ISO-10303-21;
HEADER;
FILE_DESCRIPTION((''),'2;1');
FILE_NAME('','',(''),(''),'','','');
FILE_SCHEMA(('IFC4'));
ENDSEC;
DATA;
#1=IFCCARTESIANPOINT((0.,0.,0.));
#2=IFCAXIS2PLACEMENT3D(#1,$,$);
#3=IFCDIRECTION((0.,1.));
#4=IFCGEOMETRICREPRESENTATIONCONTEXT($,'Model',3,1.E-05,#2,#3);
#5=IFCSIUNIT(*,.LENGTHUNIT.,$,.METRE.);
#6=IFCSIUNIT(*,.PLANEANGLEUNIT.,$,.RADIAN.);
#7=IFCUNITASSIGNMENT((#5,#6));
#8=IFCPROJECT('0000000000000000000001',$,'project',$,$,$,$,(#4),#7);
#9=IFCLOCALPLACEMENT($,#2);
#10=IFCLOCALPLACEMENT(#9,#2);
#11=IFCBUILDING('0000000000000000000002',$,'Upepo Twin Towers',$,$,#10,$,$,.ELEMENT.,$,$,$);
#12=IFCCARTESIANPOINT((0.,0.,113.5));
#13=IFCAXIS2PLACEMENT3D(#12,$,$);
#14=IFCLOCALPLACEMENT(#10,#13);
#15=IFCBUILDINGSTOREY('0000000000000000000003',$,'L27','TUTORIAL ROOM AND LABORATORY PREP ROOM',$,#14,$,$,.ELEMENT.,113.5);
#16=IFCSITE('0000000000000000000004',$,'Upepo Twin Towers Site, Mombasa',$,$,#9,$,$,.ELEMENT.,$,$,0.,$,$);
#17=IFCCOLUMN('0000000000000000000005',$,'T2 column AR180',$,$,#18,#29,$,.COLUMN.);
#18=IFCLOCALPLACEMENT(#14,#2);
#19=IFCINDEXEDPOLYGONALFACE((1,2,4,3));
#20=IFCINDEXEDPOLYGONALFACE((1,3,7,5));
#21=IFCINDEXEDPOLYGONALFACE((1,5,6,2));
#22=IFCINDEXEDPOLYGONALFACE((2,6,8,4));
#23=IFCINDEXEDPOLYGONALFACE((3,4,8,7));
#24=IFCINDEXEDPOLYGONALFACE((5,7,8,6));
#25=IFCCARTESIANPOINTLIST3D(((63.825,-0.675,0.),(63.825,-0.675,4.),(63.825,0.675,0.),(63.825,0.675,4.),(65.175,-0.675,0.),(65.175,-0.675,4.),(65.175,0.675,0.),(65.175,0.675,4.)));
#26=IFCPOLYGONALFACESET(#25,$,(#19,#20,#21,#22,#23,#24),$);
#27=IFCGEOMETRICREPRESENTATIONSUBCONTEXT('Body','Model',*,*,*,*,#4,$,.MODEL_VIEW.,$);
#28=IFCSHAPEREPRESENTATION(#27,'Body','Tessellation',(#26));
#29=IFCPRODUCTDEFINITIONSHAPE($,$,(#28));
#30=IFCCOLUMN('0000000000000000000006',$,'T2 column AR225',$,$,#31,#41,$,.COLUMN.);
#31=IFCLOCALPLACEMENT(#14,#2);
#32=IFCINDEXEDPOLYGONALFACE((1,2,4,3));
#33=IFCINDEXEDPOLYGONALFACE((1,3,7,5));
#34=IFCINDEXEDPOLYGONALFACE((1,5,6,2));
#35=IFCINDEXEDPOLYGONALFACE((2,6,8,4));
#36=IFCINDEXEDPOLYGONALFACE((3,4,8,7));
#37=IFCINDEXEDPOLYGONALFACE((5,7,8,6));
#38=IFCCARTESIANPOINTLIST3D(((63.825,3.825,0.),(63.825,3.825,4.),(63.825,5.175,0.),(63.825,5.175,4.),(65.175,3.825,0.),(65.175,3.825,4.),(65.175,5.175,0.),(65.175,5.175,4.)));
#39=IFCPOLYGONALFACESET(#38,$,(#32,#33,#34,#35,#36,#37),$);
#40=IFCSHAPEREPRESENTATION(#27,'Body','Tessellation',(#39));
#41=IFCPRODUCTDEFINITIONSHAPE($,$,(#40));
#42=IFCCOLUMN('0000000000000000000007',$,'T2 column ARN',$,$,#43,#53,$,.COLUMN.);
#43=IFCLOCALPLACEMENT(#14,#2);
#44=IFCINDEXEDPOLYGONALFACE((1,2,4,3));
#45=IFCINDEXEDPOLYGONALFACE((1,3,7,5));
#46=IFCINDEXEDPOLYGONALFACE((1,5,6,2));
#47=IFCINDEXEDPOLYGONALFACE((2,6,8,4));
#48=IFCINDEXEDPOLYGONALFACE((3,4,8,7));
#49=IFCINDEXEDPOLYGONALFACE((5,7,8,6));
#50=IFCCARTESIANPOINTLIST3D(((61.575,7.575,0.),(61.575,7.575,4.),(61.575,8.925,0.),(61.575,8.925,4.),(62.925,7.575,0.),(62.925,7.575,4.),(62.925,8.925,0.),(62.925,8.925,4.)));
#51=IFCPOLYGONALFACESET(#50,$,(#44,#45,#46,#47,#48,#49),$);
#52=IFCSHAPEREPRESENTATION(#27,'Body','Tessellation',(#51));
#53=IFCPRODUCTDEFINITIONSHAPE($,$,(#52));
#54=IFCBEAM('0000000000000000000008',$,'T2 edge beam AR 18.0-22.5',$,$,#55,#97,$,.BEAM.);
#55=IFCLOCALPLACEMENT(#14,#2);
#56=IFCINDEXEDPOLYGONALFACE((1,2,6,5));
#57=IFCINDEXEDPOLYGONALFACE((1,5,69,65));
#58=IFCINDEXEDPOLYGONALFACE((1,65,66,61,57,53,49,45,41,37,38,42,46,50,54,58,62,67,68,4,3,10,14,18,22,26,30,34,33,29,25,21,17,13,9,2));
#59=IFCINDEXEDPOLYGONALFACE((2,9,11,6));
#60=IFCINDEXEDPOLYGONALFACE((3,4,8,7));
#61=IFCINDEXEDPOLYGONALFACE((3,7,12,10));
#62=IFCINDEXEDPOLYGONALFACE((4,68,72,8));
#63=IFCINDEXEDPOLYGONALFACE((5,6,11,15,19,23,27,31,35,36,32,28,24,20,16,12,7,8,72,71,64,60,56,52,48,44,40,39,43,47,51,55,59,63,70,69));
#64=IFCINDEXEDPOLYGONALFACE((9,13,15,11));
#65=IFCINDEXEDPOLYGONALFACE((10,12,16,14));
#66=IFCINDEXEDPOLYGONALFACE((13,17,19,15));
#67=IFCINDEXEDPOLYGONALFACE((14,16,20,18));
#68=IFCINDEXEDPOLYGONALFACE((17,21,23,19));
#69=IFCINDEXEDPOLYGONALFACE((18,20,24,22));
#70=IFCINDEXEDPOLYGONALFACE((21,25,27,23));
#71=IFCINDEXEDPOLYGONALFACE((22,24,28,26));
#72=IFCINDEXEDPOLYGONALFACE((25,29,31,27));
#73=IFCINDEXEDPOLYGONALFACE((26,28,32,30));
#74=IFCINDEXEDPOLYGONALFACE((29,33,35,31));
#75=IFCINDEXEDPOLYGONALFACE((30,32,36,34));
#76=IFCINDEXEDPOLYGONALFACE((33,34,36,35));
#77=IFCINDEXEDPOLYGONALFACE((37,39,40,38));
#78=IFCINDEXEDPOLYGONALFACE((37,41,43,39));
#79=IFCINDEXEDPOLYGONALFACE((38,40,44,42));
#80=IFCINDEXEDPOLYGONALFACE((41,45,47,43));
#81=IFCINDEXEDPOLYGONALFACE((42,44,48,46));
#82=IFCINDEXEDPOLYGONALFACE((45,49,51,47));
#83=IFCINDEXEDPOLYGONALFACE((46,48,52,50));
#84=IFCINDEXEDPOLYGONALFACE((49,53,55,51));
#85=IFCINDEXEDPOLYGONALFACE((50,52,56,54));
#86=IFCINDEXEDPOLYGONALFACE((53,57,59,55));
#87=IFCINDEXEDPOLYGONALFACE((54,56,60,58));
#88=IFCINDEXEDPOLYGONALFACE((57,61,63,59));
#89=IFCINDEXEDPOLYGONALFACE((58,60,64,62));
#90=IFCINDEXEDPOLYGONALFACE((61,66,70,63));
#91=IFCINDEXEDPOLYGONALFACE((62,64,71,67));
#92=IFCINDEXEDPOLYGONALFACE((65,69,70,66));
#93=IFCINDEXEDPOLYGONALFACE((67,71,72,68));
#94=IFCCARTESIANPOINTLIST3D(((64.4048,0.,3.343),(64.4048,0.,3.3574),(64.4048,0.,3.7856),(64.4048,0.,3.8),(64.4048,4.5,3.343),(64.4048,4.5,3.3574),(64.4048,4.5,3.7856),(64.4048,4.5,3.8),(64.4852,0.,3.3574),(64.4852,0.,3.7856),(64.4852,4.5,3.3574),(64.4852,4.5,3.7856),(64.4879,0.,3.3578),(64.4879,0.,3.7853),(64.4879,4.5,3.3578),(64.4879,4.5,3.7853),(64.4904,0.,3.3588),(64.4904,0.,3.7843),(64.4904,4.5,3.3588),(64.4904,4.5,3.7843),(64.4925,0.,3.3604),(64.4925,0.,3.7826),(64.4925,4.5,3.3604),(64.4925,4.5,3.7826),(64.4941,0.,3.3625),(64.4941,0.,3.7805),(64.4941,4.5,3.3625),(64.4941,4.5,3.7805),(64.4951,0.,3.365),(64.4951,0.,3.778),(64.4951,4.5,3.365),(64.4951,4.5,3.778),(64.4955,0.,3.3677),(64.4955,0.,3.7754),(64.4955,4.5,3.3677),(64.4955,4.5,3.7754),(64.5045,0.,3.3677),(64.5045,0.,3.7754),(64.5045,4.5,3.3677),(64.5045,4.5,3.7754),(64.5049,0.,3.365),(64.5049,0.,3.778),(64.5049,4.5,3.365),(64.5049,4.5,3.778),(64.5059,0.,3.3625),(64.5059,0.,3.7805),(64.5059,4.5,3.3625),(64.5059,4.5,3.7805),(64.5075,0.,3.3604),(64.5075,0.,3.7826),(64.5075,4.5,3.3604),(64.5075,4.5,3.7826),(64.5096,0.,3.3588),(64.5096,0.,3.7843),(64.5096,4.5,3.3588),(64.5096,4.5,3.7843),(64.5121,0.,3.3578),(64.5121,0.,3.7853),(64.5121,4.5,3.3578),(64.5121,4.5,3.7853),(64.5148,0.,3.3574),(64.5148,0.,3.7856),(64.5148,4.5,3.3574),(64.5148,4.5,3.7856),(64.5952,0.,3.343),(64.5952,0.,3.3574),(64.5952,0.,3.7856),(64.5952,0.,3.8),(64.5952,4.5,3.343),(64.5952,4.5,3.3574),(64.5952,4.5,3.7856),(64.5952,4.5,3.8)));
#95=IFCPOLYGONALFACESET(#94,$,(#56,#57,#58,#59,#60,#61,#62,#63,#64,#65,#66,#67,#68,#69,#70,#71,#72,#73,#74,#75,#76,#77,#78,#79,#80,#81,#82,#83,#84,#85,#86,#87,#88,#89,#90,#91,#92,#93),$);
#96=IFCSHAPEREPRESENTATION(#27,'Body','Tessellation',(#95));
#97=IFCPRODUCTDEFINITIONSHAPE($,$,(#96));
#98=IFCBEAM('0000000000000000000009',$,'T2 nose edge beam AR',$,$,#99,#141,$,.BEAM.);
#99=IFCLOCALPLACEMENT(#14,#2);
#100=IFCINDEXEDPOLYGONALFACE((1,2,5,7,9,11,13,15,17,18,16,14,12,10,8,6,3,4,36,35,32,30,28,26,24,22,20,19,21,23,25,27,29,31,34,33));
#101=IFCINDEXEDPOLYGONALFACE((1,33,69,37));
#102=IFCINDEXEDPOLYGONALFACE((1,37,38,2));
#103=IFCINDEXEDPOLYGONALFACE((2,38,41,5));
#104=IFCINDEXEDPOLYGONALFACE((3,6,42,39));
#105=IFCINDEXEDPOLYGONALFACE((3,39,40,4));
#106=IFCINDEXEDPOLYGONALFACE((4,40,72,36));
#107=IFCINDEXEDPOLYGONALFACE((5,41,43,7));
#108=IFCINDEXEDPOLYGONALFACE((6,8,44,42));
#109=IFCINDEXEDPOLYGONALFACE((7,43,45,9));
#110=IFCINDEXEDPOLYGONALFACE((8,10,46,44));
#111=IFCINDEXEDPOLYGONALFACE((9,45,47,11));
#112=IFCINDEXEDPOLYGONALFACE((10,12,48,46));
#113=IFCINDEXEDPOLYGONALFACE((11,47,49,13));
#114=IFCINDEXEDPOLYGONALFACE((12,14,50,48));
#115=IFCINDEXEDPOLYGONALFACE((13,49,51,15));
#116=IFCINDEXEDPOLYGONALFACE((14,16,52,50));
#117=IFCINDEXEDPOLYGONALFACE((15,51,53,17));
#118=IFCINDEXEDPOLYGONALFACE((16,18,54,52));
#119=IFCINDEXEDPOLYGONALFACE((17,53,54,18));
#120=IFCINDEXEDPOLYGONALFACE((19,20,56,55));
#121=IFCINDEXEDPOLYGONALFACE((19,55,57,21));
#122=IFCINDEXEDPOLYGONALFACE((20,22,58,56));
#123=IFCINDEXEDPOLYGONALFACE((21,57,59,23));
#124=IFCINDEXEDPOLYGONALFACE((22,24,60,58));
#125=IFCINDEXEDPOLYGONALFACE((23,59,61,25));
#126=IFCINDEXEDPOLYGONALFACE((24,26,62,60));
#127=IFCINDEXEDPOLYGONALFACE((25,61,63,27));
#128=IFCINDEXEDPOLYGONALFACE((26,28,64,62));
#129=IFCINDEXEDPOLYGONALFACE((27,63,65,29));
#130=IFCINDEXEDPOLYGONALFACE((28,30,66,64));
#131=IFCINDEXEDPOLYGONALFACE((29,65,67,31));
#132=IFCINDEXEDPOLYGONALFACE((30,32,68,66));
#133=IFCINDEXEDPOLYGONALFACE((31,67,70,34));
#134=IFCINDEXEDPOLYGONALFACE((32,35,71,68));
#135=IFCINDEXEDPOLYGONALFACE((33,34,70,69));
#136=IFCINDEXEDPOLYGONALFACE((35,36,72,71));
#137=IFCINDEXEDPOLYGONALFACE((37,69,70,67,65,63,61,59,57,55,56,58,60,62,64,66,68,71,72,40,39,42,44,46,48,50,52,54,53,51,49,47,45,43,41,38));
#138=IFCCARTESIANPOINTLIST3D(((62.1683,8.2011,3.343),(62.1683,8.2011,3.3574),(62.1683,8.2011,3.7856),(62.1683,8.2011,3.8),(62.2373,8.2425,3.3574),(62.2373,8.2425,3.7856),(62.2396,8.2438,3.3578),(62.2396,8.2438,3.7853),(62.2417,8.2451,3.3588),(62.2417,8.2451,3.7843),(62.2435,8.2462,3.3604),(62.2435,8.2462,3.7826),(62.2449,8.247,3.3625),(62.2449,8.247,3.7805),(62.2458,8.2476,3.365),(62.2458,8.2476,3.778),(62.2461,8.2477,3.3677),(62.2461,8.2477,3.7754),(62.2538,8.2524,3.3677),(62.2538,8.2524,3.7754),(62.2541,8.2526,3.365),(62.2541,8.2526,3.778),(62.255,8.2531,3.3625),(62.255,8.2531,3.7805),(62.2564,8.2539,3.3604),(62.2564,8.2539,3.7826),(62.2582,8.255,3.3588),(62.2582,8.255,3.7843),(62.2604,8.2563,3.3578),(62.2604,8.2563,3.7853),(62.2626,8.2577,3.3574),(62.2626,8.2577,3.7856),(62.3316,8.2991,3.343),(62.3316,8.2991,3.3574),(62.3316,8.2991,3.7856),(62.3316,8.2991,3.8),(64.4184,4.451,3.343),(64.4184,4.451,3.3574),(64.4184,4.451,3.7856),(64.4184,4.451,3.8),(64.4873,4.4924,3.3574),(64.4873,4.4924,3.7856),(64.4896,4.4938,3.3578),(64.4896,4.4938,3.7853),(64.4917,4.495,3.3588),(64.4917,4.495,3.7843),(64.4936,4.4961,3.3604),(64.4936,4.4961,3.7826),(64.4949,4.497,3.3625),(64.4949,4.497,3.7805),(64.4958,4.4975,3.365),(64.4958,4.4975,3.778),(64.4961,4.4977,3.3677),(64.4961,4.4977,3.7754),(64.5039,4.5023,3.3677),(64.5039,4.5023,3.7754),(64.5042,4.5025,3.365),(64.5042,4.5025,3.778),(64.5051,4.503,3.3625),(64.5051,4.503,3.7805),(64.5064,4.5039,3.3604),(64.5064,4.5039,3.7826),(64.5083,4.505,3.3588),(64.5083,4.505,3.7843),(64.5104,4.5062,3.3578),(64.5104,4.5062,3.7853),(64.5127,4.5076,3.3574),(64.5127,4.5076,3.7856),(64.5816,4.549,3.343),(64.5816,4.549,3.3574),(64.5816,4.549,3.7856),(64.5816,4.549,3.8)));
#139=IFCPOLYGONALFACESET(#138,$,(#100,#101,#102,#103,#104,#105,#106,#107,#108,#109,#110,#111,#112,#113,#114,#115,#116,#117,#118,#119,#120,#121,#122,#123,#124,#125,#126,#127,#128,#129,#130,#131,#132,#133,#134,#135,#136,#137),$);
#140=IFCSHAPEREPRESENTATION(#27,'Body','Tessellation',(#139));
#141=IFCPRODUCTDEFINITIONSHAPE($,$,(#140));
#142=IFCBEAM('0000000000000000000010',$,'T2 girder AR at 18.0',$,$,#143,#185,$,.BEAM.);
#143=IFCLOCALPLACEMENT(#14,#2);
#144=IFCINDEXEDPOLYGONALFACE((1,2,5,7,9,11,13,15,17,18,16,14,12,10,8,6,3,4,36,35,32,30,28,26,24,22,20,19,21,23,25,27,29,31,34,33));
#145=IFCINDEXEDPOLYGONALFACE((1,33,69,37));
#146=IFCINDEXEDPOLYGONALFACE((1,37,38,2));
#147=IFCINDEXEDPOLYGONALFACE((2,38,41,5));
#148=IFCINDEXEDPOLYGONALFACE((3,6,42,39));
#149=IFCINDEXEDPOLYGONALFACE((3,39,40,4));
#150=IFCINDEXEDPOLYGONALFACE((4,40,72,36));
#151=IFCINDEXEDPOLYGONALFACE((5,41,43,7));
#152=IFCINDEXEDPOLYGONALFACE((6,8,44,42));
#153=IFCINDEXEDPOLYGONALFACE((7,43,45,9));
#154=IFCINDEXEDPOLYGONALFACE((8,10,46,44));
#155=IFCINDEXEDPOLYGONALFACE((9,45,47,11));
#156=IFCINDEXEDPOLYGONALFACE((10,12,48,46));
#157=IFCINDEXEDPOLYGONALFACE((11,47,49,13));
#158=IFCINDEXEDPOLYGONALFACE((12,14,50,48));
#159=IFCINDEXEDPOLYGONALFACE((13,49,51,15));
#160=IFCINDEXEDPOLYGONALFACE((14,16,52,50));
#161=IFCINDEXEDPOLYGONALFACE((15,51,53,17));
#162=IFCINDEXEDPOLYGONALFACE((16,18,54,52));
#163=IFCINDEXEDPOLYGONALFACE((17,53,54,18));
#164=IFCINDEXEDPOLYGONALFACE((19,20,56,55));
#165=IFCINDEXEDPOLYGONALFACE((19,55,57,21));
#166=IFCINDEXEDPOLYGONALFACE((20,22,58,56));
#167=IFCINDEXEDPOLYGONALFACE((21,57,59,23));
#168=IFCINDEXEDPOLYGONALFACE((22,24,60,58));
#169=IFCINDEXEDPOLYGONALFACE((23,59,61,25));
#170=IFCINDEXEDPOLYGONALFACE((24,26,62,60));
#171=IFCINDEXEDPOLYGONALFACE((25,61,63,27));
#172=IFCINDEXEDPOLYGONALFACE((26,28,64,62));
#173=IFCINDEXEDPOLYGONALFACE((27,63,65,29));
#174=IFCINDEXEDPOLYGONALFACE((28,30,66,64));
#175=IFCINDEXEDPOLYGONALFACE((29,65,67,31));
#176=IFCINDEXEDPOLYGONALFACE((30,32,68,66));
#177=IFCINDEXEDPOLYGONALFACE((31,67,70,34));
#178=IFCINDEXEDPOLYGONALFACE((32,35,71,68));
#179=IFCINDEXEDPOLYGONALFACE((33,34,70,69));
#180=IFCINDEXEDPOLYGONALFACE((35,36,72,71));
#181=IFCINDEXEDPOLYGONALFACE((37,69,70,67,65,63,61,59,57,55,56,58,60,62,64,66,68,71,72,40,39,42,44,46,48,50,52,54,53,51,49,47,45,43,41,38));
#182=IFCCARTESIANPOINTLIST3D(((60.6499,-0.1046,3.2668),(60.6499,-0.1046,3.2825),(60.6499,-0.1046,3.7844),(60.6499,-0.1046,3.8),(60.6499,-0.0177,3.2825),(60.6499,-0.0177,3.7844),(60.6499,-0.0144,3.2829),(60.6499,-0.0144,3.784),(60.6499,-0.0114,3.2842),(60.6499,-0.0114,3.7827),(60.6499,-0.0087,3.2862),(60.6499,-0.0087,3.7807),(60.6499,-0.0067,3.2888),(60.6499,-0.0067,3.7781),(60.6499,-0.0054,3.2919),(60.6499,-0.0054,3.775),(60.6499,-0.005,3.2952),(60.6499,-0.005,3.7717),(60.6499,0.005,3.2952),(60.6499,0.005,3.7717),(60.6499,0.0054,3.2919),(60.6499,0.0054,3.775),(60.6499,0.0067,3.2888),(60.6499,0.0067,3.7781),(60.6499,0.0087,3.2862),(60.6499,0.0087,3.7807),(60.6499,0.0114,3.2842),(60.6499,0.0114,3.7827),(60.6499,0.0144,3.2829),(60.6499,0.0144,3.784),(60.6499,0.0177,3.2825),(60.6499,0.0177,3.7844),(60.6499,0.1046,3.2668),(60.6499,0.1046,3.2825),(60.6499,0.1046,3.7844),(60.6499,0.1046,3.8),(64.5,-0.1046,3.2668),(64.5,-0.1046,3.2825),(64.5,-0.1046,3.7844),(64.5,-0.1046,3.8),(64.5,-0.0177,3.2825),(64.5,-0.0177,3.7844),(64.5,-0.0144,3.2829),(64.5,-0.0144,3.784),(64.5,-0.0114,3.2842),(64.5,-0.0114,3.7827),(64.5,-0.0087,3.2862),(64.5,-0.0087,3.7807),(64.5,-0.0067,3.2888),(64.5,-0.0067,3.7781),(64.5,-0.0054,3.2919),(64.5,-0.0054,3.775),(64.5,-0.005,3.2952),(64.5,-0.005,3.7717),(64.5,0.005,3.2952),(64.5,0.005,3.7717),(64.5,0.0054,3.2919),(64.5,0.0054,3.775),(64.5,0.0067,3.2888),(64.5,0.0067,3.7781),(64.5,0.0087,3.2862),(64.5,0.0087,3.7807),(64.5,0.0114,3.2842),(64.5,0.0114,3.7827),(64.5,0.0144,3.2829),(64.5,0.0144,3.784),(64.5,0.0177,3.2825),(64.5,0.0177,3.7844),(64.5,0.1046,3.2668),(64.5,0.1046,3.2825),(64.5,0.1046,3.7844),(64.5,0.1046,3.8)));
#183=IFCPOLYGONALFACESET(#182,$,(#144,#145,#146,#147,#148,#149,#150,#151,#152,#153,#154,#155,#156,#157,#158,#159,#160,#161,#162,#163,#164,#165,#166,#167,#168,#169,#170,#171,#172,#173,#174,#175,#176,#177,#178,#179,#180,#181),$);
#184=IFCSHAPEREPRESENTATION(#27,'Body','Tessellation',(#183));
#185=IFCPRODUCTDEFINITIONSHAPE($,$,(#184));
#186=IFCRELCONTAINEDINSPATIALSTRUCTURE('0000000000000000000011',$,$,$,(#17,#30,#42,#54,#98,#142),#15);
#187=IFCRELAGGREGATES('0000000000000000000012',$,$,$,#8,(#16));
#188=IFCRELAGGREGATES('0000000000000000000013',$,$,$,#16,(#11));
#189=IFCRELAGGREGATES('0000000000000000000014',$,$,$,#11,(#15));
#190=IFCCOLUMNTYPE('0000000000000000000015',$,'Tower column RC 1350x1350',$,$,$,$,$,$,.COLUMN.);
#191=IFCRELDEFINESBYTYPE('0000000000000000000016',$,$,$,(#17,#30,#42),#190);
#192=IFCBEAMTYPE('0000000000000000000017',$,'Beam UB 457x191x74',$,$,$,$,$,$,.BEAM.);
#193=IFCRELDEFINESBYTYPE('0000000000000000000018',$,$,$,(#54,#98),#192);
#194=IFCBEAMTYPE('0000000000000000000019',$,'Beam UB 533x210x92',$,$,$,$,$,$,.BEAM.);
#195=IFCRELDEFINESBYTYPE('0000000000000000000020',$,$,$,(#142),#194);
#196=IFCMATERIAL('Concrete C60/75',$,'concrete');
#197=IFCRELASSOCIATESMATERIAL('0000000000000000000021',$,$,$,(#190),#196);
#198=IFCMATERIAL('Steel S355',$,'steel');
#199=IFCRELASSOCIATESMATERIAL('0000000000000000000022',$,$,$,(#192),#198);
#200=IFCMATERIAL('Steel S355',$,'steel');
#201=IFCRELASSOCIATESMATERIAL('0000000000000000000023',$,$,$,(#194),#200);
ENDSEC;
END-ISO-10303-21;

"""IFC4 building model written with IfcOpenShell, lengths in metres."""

from ifc_helpers import new_model, si_unit, direction, frame, origin, origin_2d, place, context, subcontext, project, spatial, rectangle, i_section, extrude, material, material_profile, profile_set, type_object, element, save


model = new_model("IFC4")

# Units and contexts
model_context = context("Model", 3, precision=1e-05, world=origin(), true_north=direction((0.0, 1.0)))
body_context = subcontext(model_context, "Body", "Model", "MODEL_VIEW")
ifc_project = project(units=[si_unit("LENGTHUNIT", "METRE"), si_unit("PLANEANGLEUNIT", "RADIAN")], contexts=[model_context])

# Site, building, storey
site_placement = place(None, origin())
site = spatial("IfcSite", under=ifc_project, at=site_placement, Name="Upepo Twin Towers Site, Mombasa", CompositionType="ELEMENT", RefElevation=0.0)
building_placement = place(site_placement, origin())
building = spatial("IfcBuilding", under=site, at=building_placement, Name="Upepo Twin Towers", CompositionType="ELEMENT")
storey_placement = place(building_placement, frame((0.0, 0.0, 113.5)))
storey = spatial("IfcBuildingStorey", under=building, at=storey_placement, Name="L27", Description="TUTORIAL ROOM AND LABORATORY PREP ROOM", CompositionType="ELEMENT", Elevation=113.5)

# Columns
ifc_material_1 = material(Name="Concrete C60/75", Category="concrete")
ifc_material_profile_1 = material_profile(ifc_material_1, rectangle(XDim=1.3501, YDim=1.3501, at=origin_2d()), Name="RC 1350x1350")
ifc_profile_set_1 = profile_set([ifc_material_profile_1], Name="Concrete C60/75")
column_type = type_object("IfcColumnType", Name="Tower column RC 1350x1350", PredefinedType="COLUMN", material=ifc_profile_set_1)
for number, where, z_axis, x_axis, name in (
    (1, (64.5, 0.0, 0.0), (0.0, 0.0, 1.0), (1.0, 0.0, 0.0), "T2 column AR180"),
    (2, (64.5, 4.5, 0.0), (0.0, 0.0, 1.0), (1.0, 0.0, 0.0), "T2 column AR225"),
    (3, (62.25, 8.25, 0.0), (0.0, 0.0, 1.0), (1.0, 0.0, 0.0), "T2 column ARN"),
):
    element("IfcColumn", number, at=place(storey_placement, frame(where, z_axis=z_axis, x_axis=x_axis)), inside=storey, type_object=column_type, Name=name, PredefinedType="COLUMN", context=body_context, shape_type="SweptSolid", body=[
        extrude(rectangle(XDim=1.3501, YDim=1.3501, at=origin_2d()), origin(), (0.0, 0.0, 1.0), 4.0),
    ])

# Beams
ifc_material_2 = material(Name="Steel S355", Category="steel")
ifc_material_profile_2 = material_profile(ifc_material_2, i_section(OverallWidth=0.1904, OverallDepth=0.457, WebThickness=0.009, FlangeThickness=0.0144, FilletRadius=0.0103, at=origin_2d()), Name="UB 457x191x74")
ifc_profile_set_2 = profile_set([ifc_material_profile_2], Name="Steel S355")
beam_type_1 = type_object("IfcBeamType", Name="Beam UB 457x191x74", PredefinedType="BEAM", material=ifc_profile_set_2)
beam_1_placement = place(storey_placement, frame((64.5, 0.0, 3.5715), z_axis=(0.0, 1.0, 0.0), x_axis=(-1.0, 0.0, 0.0)))
element("IfcBeam", 4, at=beam_1_placement, inside=storey, type_object=beam_type_1, Name="T2 edge beam AR 18.0-22.5", PredefinedType="BEAM", context=body_context, shape_type="SweptSolid", body=[
    extrude(i_section(OverallWidth=0.1904, OverallDepth=0.457, WebThickness=0.009, FlangeThickness=0.0144, FilletRadius=0.0103, at=origin_2d()), origin(), (0.0, 0.0, 1.0), 4.5),
])
beam_2_placement = place(storey_placement, frame((64.5, 4.5, 3.5715), z_axis=(-0.514496, 0.857493, 0.0), x_axis=(-0.857493, -0.514496, 0.0)))
element("IfcBeam", 5, at=beam_2_placement, inside=storey, type_object=beam_type_1, Name="T2 nose edge beam AR", PredefinedType="BEAM", context=body_context, shape_type="SweptSolid", body=[
    extrude(i_section(OverallWidth=0.1904, OverallDepth=0.457, WebThickness=0.009, FlangeThickness=0.0144, FilletRadius=0.0103, at=origin_2d()), origin(), (0.0, 0.0, 1.0), 4.3733),
])
ifc_material_3 = material(Name="Steel S355", Category="steel")
ifc_material_profile_3 = material_profile(ifc_material_3, i_section(OverallWidth=0.2092, OverallDepth=0.5332, WebThickness=0.01, FlangeThickness=0.0156, FilletRadius=0.0127, at=origin_2d()), Name="UB 533x210x92")
ifc_profile_set_3 = profile_set([ifc_material_profile_3], Name="Steel S355")
beam_type_2 = type_object("IfcBeamType", Name="Beam UB 533x210x92", PredefinedType="BEAM", material=ifc_profile_set_3)
for number, where, z_axis, x_axis, name in (
    (6, (64.5, 0.0, 3.5334), (-1.0, 0.0, 0.0), (0.0, -1.0, 0.0), "T2 girder AR at 18.0"),
):
    element("IfcBeam", number, at=place(storey_placement, frame(where, z_axis=z_axis, x_axis=x_axis)), inside=storey, type_object=beam_type_2, Name=name, PredefinedType="BEAM", context=body_context, shape_type="SweptSolid", body=[
        extrude(i_section(OverallWidth=0.2092, OverallDepth=0.5332, WebThickness=0.01, FlangeThickness=0.0156, FilletRadius=0.0127, at=origin_2d()), origin(), (0.0, 0.0, 1.0), 3.8501),
    ])

save(model, "model.ifc")
